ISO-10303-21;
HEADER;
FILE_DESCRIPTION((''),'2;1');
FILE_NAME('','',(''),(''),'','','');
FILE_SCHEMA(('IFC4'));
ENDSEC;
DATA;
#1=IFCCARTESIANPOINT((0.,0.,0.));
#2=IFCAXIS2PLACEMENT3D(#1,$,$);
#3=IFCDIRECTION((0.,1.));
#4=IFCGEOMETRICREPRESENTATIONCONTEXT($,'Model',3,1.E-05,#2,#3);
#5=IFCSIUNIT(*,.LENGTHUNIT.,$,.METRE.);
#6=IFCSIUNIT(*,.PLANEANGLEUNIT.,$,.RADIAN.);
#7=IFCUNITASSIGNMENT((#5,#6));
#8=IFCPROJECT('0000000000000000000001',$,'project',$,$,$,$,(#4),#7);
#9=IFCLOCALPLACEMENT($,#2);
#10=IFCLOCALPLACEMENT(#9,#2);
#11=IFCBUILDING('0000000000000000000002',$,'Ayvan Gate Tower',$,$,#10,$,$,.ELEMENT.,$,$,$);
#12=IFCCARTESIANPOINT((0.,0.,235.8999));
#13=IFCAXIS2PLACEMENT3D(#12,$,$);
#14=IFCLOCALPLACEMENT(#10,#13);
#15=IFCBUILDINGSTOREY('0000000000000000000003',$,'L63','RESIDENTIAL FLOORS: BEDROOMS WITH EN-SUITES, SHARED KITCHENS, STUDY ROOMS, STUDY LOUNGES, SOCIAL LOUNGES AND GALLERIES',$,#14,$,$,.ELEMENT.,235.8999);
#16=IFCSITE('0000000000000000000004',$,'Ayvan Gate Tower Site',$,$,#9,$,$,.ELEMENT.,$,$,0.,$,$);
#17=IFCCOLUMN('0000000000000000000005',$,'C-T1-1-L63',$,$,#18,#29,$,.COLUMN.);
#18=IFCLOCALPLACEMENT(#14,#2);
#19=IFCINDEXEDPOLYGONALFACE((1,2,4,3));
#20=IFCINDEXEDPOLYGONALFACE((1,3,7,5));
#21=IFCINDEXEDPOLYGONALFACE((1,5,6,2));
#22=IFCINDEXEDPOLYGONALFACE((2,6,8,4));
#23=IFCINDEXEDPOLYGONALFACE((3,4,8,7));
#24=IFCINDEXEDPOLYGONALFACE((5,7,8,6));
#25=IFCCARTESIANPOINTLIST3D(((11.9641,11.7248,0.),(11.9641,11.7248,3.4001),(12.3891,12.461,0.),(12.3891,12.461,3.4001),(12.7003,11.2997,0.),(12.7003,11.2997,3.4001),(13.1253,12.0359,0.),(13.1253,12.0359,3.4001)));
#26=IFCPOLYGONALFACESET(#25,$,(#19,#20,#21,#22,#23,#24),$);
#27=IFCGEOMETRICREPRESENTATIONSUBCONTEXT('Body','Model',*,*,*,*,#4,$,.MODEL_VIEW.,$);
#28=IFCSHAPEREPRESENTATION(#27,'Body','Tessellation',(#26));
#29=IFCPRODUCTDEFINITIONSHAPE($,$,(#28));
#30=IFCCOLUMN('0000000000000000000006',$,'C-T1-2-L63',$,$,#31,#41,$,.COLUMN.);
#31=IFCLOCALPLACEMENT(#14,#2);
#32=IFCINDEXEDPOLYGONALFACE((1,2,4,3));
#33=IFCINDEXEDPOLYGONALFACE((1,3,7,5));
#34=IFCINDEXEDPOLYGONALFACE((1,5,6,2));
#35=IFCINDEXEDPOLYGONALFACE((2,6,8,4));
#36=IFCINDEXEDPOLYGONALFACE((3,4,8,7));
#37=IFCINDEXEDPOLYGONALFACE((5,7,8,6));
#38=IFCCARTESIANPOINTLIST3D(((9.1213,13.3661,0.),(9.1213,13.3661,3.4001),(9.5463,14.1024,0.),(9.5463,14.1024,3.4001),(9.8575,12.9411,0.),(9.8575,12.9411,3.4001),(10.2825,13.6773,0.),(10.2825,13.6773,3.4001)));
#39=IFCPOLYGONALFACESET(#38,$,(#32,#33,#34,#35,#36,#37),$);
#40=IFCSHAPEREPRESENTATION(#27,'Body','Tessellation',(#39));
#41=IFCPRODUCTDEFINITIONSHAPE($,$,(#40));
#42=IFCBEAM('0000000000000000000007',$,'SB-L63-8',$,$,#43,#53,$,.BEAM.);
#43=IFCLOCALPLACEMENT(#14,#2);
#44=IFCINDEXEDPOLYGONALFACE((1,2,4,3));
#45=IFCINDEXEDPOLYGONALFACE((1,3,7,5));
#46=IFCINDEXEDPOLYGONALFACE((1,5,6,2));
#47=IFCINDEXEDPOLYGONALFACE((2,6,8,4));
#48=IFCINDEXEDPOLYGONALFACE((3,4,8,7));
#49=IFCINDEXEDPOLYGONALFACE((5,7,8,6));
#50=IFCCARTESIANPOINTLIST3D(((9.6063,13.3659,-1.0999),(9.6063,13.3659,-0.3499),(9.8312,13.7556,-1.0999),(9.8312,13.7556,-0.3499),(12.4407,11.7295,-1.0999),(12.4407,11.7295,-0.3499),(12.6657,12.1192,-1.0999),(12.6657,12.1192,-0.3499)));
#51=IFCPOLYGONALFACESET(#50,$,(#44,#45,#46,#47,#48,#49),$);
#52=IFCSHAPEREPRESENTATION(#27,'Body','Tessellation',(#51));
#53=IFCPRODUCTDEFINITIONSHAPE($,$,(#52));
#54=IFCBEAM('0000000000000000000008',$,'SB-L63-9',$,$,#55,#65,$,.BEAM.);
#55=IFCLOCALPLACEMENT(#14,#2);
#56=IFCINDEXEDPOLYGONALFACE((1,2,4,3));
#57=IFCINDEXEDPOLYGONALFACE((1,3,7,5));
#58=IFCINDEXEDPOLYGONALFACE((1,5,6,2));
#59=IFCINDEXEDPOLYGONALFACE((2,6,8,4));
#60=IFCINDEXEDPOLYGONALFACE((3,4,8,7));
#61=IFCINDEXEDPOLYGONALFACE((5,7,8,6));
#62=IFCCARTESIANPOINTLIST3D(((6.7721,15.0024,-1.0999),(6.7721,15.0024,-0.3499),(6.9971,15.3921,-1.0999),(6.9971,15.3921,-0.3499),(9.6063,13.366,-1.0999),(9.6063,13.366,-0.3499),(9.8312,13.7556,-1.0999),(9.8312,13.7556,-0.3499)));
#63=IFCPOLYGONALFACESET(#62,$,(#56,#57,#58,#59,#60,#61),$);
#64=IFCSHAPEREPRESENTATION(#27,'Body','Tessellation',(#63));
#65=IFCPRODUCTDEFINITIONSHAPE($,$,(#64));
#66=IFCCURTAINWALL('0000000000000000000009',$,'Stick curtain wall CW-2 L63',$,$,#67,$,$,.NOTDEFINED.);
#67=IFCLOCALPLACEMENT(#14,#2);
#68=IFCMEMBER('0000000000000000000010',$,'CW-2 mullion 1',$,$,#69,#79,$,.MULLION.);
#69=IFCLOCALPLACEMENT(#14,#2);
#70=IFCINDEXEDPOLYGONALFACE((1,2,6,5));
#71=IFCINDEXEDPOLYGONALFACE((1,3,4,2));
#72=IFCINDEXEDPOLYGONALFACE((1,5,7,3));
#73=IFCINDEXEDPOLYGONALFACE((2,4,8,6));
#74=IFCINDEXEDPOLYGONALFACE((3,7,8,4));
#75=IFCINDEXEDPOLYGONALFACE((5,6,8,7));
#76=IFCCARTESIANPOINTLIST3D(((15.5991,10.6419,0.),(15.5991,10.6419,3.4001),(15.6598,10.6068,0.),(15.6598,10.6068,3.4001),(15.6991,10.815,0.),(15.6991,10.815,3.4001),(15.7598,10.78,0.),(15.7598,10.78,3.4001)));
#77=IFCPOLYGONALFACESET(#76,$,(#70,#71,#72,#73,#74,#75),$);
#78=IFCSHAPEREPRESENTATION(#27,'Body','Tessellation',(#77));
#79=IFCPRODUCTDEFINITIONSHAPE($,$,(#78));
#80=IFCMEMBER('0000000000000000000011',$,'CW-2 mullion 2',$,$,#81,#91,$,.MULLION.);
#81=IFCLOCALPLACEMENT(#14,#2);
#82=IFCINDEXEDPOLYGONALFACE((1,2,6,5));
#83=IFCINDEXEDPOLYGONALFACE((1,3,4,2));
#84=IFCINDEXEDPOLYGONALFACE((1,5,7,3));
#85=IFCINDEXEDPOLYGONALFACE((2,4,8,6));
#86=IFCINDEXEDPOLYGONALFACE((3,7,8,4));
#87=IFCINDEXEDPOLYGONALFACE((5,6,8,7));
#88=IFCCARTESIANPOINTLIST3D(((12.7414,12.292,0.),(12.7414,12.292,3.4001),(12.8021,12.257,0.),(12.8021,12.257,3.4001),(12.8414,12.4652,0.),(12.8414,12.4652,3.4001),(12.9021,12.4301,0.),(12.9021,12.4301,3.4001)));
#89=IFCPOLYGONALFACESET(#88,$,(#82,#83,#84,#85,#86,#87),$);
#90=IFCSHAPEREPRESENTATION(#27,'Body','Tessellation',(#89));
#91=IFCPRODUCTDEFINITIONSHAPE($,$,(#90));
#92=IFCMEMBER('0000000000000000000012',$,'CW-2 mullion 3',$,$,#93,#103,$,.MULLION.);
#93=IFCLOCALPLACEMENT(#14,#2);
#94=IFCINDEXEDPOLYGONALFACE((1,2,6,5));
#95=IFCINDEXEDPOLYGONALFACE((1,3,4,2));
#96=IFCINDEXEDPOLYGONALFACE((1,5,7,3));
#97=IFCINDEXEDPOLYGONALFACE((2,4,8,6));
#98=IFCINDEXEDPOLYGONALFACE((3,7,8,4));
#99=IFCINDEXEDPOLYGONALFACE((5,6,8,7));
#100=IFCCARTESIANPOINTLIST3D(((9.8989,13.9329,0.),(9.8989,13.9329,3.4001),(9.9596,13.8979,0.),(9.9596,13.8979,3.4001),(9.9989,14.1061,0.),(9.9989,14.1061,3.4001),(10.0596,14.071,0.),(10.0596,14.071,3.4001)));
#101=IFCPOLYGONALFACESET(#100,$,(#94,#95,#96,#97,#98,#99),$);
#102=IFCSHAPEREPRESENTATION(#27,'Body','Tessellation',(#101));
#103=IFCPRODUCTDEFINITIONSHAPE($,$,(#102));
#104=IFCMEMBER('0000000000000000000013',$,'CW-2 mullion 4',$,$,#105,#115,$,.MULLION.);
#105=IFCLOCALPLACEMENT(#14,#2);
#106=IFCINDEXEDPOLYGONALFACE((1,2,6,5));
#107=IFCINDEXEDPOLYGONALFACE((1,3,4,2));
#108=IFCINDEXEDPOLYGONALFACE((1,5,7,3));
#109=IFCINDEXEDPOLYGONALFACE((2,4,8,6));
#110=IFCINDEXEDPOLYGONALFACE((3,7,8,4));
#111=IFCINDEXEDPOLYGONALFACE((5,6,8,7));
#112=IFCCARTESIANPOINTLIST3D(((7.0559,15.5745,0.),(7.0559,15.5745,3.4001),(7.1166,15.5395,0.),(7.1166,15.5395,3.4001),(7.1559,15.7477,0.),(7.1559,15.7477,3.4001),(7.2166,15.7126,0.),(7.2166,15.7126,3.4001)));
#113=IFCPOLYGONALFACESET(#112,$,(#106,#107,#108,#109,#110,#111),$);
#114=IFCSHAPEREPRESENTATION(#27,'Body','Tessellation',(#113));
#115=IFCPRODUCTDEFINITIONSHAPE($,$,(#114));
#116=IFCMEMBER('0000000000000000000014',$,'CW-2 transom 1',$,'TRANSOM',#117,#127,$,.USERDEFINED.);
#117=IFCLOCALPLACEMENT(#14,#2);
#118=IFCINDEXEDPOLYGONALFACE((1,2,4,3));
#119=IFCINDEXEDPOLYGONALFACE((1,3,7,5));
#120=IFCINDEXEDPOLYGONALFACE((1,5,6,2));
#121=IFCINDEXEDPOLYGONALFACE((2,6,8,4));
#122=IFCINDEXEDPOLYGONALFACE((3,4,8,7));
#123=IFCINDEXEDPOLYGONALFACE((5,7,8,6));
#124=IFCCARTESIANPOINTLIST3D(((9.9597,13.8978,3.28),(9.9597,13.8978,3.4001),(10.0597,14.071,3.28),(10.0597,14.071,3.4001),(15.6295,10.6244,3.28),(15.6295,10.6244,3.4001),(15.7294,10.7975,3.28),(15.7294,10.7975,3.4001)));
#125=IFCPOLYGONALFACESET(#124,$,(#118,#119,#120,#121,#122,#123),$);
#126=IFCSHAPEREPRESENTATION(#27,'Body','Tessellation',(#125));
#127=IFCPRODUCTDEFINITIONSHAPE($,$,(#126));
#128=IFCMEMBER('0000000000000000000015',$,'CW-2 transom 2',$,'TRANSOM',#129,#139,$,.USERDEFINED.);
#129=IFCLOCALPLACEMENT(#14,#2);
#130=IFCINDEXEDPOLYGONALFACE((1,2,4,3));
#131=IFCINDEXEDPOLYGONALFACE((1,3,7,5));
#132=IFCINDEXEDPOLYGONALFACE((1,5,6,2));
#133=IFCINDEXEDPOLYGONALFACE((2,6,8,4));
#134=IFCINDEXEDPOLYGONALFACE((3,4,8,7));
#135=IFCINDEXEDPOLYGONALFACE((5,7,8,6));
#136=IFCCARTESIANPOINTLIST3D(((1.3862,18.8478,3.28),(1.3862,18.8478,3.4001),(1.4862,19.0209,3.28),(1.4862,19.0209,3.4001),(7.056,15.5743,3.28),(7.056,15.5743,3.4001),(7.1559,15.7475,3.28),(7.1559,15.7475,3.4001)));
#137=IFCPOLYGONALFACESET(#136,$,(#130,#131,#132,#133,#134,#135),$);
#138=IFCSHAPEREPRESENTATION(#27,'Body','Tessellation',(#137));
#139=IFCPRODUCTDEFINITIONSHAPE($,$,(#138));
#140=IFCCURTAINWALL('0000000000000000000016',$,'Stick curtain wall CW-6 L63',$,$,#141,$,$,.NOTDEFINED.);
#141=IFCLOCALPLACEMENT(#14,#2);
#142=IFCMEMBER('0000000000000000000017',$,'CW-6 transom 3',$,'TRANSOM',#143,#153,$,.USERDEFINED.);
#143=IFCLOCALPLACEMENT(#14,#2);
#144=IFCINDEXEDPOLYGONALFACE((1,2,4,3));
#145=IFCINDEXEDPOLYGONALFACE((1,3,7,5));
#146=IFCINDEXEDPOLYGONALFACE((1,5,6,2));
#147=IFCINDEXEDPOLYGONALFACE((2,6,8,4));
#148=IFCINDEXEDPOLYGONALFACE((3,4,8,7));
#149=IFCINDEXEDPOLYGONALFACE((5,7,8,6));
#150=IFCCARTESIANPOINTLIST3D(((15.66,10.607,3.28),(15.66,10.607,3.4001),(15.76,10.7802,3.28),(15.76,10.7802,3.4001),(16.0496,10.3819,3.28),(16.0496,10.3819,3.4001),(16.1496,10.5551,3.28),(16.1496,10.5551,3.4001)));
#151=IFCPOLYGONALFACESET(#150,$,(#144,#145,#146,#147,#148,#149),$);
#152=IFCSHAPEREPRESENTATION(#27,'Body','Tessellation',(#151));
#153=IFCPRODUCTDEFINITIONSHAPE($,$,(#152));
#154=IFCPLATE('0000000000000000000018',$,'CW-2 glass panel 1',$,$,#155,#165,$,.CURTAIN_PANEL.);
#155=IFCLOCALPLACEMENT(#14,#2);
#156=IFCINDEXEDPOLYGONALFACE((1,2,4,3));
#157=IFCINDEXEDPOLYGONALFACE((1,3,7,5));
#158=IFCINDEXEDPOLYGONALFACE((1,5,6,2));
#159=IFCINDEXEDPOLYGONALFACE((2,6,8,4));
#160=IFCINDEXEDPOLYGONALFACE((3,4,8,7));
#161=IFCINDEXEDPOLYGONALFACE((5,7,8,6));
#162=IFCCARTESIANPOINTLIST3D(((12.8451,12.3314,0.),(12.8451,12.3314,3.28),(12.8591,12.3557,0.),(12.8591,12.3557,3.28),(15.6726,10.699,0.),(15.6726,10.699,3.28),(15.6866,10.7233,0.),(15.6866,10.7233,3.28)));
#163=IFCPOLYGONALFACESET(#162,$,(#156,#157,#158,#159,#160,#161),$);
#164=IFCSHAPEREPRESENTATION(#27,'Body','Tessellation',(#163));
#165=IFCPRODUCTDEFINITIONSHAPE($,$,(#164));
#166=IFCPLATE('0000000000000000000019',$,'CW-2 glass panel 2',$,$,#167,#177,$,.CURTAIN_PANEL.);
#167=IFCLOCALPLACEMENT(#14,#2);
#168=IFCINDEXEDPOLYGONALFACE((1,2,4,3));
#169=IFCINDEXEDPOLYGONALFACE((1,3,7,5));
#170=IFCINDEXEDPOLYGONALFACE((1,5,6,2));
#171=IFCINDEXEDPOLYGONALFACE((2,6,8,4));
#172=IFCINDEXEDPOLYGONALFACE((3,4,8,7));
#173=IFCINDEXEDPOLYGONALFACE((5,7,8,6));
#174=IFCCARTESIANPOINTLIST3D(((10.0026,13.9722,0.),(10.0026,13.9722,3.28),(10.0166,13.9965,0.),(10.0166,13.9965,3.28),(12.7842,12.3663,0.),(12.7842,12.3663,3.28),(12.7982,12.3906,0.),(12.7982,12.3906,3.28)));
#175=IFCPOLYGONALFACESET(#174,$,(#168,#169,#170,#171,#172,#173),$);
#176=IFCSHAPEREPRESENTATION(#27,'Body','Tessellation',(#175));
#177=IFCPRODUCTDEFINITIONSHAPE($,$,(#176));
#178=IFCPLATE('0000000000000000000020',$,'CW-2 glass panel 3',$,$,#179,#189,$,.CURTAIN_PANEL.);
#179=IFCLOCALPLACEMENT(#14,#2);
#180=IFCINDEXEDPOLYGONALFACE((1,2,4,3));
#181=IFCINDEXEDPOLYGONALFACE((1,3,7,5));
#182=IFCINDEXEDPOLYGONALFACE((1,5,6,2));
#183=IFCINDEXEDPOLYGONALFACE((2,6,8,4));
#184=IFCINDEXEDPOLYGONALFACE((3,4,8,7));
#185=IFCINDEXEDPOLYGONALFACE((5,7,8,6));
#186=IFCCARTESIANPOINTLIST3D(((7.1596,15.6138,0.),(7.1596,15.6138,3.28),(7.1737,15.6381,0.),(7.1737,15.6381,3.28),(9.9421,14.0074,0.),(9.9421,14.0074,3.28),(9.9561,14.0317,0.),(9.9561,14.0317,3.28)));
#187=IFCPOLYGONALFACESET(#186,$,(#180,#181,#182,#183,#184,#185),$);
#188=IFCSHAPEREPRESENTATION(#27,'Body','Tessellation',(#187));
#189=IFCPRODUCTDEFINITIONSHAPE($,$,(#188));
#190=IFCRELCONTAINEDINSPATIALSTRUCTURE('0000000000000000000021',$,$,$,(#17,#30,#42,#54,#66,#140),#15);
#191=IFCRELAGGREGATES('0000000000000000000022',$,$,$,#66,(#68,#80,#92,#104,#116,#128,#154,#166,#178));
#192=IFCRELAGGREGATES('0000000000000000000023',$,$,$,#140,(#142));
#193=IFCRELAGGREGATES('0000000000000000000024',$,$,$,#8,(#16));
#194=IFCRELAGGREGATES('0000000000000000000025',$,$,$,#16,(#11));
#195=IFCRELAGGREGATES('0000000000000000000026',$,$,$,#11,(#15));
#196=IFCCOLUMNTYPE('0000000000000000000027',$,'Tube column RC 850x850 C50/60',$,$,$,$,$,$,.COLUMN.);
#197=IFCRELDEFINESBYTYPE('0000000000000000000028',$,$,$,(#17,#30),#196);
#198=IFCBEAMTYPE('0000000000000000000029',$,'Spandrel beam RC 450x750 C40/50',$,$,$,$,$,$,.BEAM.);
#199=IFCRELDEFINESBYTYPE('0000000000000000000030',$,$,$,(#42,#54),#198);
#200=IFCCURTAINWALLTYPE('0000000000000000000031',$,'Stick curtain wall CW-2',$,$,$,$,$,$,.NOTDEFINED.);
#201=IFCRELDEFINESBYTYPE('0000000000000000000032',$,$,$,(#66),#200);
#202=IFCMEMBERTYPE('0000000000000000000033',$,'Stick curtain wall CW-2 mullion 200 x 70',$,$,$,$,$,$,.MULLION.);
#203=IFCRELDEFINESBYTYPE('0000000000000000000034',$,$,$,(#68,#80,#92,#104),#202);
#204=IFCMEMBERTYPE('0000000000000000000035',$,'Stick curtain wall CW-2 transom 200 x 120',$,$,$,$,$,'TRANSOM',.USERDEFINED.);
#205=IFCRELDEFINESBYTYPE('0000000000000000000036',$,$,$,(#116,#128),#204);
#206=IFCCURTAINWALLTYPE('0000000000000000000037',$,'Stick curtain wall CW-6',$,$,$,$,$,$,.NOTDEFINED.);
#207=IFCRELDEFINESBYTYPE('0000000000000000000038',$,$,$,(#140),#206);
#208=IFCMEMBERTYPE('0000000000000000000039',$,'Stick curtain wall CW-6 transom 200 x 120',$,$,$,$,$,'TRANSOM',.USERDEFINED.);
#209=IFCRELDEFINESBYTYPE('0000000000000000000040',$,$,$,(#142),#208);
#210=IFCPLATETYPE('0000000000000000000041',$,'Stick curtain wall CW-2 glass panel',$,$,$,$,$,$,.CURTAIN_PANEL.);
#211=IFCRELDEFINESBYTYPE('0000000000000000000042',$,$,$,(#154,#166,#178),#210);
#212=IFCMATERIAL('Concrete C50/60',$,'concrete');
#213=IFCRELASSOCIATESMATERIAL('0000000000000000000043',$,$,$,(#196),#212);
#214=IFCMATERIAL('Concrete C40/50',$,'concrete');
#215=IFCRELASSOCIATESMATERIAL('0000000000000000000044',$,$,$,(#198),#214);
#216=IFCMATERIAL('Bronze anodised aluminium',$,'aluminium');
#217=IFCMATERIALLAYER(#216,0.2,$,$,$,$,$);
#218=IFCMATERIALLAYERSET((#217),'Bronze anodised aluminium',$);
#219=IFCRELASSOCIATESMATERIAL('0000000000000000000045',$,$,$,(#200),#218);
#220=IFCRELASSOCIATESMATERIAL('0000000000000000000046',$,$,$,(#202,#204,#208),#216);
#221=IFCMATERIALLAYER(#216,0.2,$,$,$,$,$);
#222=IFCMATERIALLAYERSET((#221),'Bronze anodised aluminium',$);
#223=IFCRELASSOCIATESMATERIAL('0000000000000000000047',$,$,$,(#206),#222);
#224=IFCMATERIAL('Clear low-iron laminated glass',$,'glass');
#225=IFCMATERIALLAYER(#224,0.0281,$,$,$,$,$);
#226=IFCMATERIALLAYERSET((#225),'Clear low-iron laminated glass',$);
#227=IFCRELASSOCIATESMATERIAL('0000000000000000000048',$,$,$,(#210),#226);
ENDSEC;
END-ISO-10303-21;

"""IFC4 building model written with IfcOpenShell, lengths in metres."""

from ifc_helpers import new_model, si_unit, direction, frame, origin, origin_2d, place, context, subcontext, project, spatial, rectangle, extrude, material, layer, layer_set, material_profile, profile_set, type_object, element, aggregate, save


model = new_model("IFC4")

# Units and contexts
model_context = context("Model", 3, precision=1e-05, world=origin(), true_north=direction((0.0, 1.0)))
body_context = subcontext(model_context, "Body", "Model", "MODEL_VIEW")
ifc_project = project(units=[si_unit("LENGTHUNIT", "METRE"), si_unit("PLANEANGLEUNIT", "RADIAN")], contexts=[model_context])

# Site, building, storey
site_placement = place(None, origin())
site = spatial("IfcSite", under=ifc_project, at=site_placement, Name="Ayvan Gate Tower Site", CompositionType="ELEMENT", RefElevation=0.0)
building_placement = place(site_placement, origin())
building = spatial("IfcBuilding", under=site, at=building_placement, Name="Ayvan Gate Tower", CompositionType="ELEMENT")
storey_placement = place(building_placement, frame((0.0, 0.0, 235.8999)))
storey = spatial("IfcBuildingStorey", under=building, at=storey_placement, Name="L63", Description="RESIDENTIAL FLOORS: BEDROOMS WITH EN-SUITES, SHARED KITCHENS, STUDY ROOMS, STUDY LOUNGES, SOCIAL LOUNGES AND GALLERIES", CompositionType="ELEMENT", Elevation=235.8999)

# Columns
ifc_material_1 = material(Name="Concrete C50/60", Category="concrete")
ifc_material_profile_1 = material_profile(ifc_material_1, rectangle(XDim=0.8501, YDim=0.8501, at=origin_2d()), Name="RC 850x850")
ifc_profile_set_1 = profile_set([ifc_material_profile_1], Name="Concrete C50/60")
column_type = type_object("IfcColumnType", Name="Tube column RC 850x850 C50/60", PredefinedType="COLUMN", material=ifc_profile_set_1)
for number, where, z_axis, x_axis, name in (
    (1, (12.5447, 11.8804, 0.0), (0.0, 0.0, 1.0), (0.5, 0.866025, 0.0), "C-T1-1-L63"),
    (2, (9.7019, 13.5217, 0.0), (0.0, 0.0, 1.0), (0.5, 0.866025, 0.0), "C-T1-2-L63"),
):
    element("IfcColumn", number, at=place(storey_placement, frame(where, z_axis=z_axis, x_axis=x_axis)), inside=storey, type_object=column_type, Name=name, PredefinedType="COLUMN", context=body_context, shape_type="SweptSolid", body=[
        extrude(rectangle(XDim=0.8501, YDim=0.8501, at=origin_2d()), origin(), (0.0, 0.0, 1.0), 3.4001),
    ])

# Beams
ifc_material_2 = material(Name="Concrete C40/50", Category="concrete")
ifc_material_profile_2 = material_profile(ifc_material_2, rectangle(XDim=0.45, YDim=0.75, at=origin_2d()), Name="RC 450x750")
ifc_profile_set_2 = profile_set([ifc_material_profile_2], Name="Concrete C40/50")
beam_type = type_object("IfcBeamType", Name="Spandrel beam RC 450x750 C40/50", PredefinedType="BEAM", material=ifc_profile_set_2)
beam_1_placement = place(storey_placement, frame((12.5532, 11.9243, -0.7249), z_axis=(-0.866027, 0.499998, 0.0), x_axis=(-0.499998, -0.866027, 0.0)))
element("IfcBeam", 3, at=beam_1_placement, inside=storey, type_object=beam_type, Name="SB-L63-8", PredefinedType="BEAM", context=body_context, shape_type="SweptSolid", body=[
    extrude(rectangle(XDim=0.45, YDim=0.75, at=origin_2d()), origin(), (0.0, 0.0, 1.0), 3.2729),
])
beam_2_placement = place(storey_placement, frame((9.7188, 13.5608, -0.7249), z_axis=(-0.866008, 0.50003, 0.0), x_axis=(-0.50003, -0.866008, 0.0)))
element("IfcBeam", 4, at=beam_2_placement, inside=storey, type_object=beam_type, Name="SB-L63-9", PredefinedType="BEAM", context=body_context, shape_type="SweptSolid", body=[
    extrude(rectangle(XDim=0.45, YDim=0.75, at=origin_2d()), origin(), (0.0, 0.0, 1.0), 3.2727),
])

# Curtain wall, members
ifc_material_3 = material(Name="Bronze anodised aluminium", Category="aluminium")
ifc_layer_1 = layer(ifc_material_3, 0.2)
ifc_layer_set_1 = layer_set([ifc_layer_1], Name="Bronze anodised aluminium")
curtain_wall_type_1 = type_object("IfcCurtainWallType", Name="Stick curtain wall CW-2", PredefinedType="NOTDEFINED", material=ifc_layer_set_1)
curtain_wall_1_placement = place(storey_placement, origin())
curtain_wall_1 = element("IfcCurtainWall", 5, at=curtain_wall_1_placement, inside=storey, type_object=curtain_wall_type_1, Name="Stick curtain wall CW-2 L63", PredefinedType="NOTDEFINED")
ifc_material_profile_3 = material_profile(ifc_material_3, rectangle(XDim=0.2, YDim=0.0701, at=origin_2d()), Name="Stick curtain wall CW-2 mullion 200 x 70")
ifc_profile_set_3 = profile_set([ifc_material_profile_3], Name="Bronze anodised aluminium")
member_type_1 = type_object("IfcMemberType", Name="Stick curtain wall CW-2 mullion 200 x 70", PredefinedType="MULLION", material=ifc_profile_set_3)
member_1_placement = place(storey_placement, frame((15.6794, 10.7109, 0.0), z_axis=(0.0, 0.0, 1.0), x_axis=(0.5, 0.866025, 0.0)))
member_1 = element("IfcMember", 6, at=member_1_placement, type_object=member_type_1, Name="CW-2 mullion 1", PredefinedType="MULLION", context=body_context, shape_type="SweptSolid", body=[
    extrude(rectangle(XDim=0.2, YDim=0.0701, at=origin_2d()), origin(), (0.0, 0.0, 1.0), 3.4001),
])
member_2_placement = place(storey_placement, frame((12.8218, 12.3611, 0.0), z_axis=(0.0, 0.0, 1.0), x_axis=(0.5, 0.866025, 0.0)))
member_2 = element("IfcMember", 7, at=member_2_placement, type_object=member_type_1, Name="CW-2 mullion 2", PredefinedType="MULLION", context=body_context, shape_type="SweptSolid", body=[
    extrude(rectangle(XDim=0.2, YDim=0.0701, at=origin_2d()), origin(), (0.0, 0.0, 1.0), 3.4001),
])
member_3_placement = place(storey_placement, frame((9.9792, 14.002, 0.0), z_axis=(0.0, 0.0, 1.0), x_axis=(0.5, 0.866025, 0.0)))
member_3 = element("IfcMember", 8, at=member_3_placement, type_object=member_type_1, Name="CW-2 mullion 3", PredefinedType="MULLION", context=body_context, shape_type="SweptSolid", body=[
    extrude(rectangle(XDim=0.2, YDim=0.0701, at=origin_2d()), origin(), (0.0, 0.0, 1.0), 3.4001),
])
member_4_placement = place(storey_placement, frame((7.1362, 15.6436, 0.0), z_axis=(0.0, 0.0, 1.0), x_axis=(0.5, 0.866025, 0.0)))
member_4 = element("IfcMember", 9, at=member_4_placement, type_object=member_type_1, Name="CW-2 mullion 4", PredefinedType="MULLION", context=body_context, shape_type="SweptSolid", body=[
    extrude(rectangle(XDim=0.2, YDim=0.0701, at=origin_2d()), origin(), (0.0, 0.0, 1.0), 3.4001),
])
ifc_material_profile_4 = material_profile(ifc_material_3, rectangle(XDim=0.2, YDim=0.1201, at=origin_2d()), Name="Stick curtain wall CW-2 transom 200 x 120")
ifc_profile_set_4 = profile_set([ifc_material_profile_4], Name="Bronze anodised aluminium")
member_type_2 = type_object("IfcMemberType", Name="Stick curtain wall CW-2 transom 200 x 120", ElementType="TRANSOM", PredefinedType="USERDEFINED", material=ifc_profile_set_4)
member_5_placement = place(storey_placement, frame((15.6794, 10.7109, 3.3401), z_axis=(-0.866022, 0.500005, 0.0), x_axis=(-0.500005, -0.866022, 0.0)))
member_5 = element("IfcMember", 10, at=member_5_placement, type_object=member_type_2, Name="CW-2 transom 1", ObjectType="TRANSOM", PredefinedType="USERDEFINED", context=body_context, shape_type="SweptSolid", body=[
    extrude(rectangle(XDim=0.2, YDim=0.1201, at=origin_2d()), origin(), (0.0, 0.0, 1.0), 6.5469),
])
member_6_placement = place(storey_placement, frame((7.106, 15.6609, 3.3401), z_axis=(-0.866022, 0.500005, 0.0), x_axis=(-0.500005, -0.866022, 0.0)))
member_6 = element("IfcMember", 11, at=member_6_placement, type_object=member_type_2, Name="CW-2 transom 2", ObjectType="TRANSOM", PredefinedType="USERDEFINED", context=body_context, shape_type="SweptSolid", body=[
    extrude(rectangle(XDim=0.2, YDim=0.1201, at=origin_2d()), origin(), (0.0, 0.0, 1.0), 6.5469),
])

# Curtain wall, member
ifc_layer_2 = layer(ifc_material_3, 0.2)
ifc_layer_set_2 = layer_set([ifc_layer_2], Name="Bronze anodised aluminium")
curtain_wall_type_2 = type_object("IfcCurtainWallType", Name="Stick curtain wall CW-6", PredefinedType="NOTDEFINED", material=ifc_layer_set_2)
curtain_wall_2_placement = place(storey_placement, origin())
curtain_wall_2 = element("IfcCurtainWall", 12, at=curtain_wall_2_placement, inside=storey, type_object=curtain_wall_type_2, Name="Stick curtain wall CW-6 L63", PredefinedType="NOTDEFINED")
ifc_material_profile_5 = material_profile(ifc_material_3, rectangle(XDim=0.2, YDim=0.1201, at=origin_2d()), Name="Stick curtain wall CW-6 transom 200 x 120")
ifc_profile_set_5 = profile_set([ifc_material_profile_5], Name="Bronze anodised aluminium")
member_type_3 = type_object("IfcMemberType", Name="Stick curtain wall CW-6 transom 200 x 120", ElementType="TRANSOM", PredefinedType="USERDEFINED", material=ifc_profile_set_5)
member_7_placement = place(storey_placement, frame((16.0996, 10.4685, 3.3401), z_axis=(-0.865896, 0.500223, 0.0), x_axis=(-0.500223, -0.865896, 0.0)))
member_7 = element("IfcMember", 13, at=member_7_placement, type_object=member_type_3, Name="CW-6 transom 3", ObjectType="TRANSOM", PredefinedType="USERDEFINED", context=body_context, shape_type="SweptSolid", body=[
    extrude(rectangle(XDim=0.2, YDim=0.1201, at=origin_2d()), origin(), (0.0, 0.0, 1.0), 0.45),
])

# Plates
ifc_material_4 = material(Name="Clear low-iron laminated glass", Category="glass")
ifc_layer_3 = layer(ifc_material_4, 0.0281)
ifc_layer_set_3 = layer_set([ifc_layer_3], Name="Clear low-iron laminated glass")
plate_type_1 = type_object("IfcPlateType", Name="Stick curtain wall CW-2 glass panel", PredefinedType="CURTAIN_PANEL", material=ifc_layer_set_3)
plate_1_placement = place(storey_placement, frame((14.2659, 11.5273, 0.0), z_axis=(0.0, 0.0, 1.0), x_axis=(-0.866025, 0.5, 0.0)))
plate_1 = element("IfcPlate", 14, at=plate_1_placement, type_object=plate_type_1, Name="CW-2 glass panel 1", PredefinedType="CURTAIN_PANEL", context=body_context, shape_type="SweptSolid", body=[
    extrude(rectangle(XDim=3.2649, YDim=0.0281, at=origin_2d()), origin(), (0.0, 0.0, 1.0), 3.28),
])
plate_2_placement = place(storey_placement, frame((11.4004, 13.1814, 0.0), z_axis=(0.0, 0.0, 1.0), x_axis=(-0.866025, 0.5, 0.0)))
plate_2 = element("IfcPlate", 15, at=plate_2_placement, type_object=plate_type_1, Name="CW-2 glass panel 2", PredefinedType="CURTAIN_PANEL", context=body_context, shape_type="SweptSolid", body=[
    extrude(rectangle(XDim=3.2119, YDim=0.0281, at=origin_2d()), origin(), (0.0, 0.0, 1.0), 3.28),
])
plate_3_placement = place(storey_placement, frame((8.5579, 14.8228, 0.0), z_axis=(0.0, 0.0, 1.0), x_axis=(-0.866025, 0.5, 0.0)))
plate_3 = element("IfcPlate", 16, at=plate_3_placement, type_object=plate_type_1, Name="CW-2 glass panel 3", PredefinedType="CURTAIN_PANEL", context=body_context, shape_type="SweptSolid", body=[
    extrude(rectangle(XDim=3.2129, YDim=0.0281, at=origin_2d()), origin(), (0.0, 0.0, 1.0), 3.28),
])
aggregate(curtain_wall_1, [member_1, member_2, member_3, member_4, member_5, member_6, plate_1, plate_2, plate_3])
aggregate(curtain_wall_2, [member_7])

save(model, "model.ifc")
